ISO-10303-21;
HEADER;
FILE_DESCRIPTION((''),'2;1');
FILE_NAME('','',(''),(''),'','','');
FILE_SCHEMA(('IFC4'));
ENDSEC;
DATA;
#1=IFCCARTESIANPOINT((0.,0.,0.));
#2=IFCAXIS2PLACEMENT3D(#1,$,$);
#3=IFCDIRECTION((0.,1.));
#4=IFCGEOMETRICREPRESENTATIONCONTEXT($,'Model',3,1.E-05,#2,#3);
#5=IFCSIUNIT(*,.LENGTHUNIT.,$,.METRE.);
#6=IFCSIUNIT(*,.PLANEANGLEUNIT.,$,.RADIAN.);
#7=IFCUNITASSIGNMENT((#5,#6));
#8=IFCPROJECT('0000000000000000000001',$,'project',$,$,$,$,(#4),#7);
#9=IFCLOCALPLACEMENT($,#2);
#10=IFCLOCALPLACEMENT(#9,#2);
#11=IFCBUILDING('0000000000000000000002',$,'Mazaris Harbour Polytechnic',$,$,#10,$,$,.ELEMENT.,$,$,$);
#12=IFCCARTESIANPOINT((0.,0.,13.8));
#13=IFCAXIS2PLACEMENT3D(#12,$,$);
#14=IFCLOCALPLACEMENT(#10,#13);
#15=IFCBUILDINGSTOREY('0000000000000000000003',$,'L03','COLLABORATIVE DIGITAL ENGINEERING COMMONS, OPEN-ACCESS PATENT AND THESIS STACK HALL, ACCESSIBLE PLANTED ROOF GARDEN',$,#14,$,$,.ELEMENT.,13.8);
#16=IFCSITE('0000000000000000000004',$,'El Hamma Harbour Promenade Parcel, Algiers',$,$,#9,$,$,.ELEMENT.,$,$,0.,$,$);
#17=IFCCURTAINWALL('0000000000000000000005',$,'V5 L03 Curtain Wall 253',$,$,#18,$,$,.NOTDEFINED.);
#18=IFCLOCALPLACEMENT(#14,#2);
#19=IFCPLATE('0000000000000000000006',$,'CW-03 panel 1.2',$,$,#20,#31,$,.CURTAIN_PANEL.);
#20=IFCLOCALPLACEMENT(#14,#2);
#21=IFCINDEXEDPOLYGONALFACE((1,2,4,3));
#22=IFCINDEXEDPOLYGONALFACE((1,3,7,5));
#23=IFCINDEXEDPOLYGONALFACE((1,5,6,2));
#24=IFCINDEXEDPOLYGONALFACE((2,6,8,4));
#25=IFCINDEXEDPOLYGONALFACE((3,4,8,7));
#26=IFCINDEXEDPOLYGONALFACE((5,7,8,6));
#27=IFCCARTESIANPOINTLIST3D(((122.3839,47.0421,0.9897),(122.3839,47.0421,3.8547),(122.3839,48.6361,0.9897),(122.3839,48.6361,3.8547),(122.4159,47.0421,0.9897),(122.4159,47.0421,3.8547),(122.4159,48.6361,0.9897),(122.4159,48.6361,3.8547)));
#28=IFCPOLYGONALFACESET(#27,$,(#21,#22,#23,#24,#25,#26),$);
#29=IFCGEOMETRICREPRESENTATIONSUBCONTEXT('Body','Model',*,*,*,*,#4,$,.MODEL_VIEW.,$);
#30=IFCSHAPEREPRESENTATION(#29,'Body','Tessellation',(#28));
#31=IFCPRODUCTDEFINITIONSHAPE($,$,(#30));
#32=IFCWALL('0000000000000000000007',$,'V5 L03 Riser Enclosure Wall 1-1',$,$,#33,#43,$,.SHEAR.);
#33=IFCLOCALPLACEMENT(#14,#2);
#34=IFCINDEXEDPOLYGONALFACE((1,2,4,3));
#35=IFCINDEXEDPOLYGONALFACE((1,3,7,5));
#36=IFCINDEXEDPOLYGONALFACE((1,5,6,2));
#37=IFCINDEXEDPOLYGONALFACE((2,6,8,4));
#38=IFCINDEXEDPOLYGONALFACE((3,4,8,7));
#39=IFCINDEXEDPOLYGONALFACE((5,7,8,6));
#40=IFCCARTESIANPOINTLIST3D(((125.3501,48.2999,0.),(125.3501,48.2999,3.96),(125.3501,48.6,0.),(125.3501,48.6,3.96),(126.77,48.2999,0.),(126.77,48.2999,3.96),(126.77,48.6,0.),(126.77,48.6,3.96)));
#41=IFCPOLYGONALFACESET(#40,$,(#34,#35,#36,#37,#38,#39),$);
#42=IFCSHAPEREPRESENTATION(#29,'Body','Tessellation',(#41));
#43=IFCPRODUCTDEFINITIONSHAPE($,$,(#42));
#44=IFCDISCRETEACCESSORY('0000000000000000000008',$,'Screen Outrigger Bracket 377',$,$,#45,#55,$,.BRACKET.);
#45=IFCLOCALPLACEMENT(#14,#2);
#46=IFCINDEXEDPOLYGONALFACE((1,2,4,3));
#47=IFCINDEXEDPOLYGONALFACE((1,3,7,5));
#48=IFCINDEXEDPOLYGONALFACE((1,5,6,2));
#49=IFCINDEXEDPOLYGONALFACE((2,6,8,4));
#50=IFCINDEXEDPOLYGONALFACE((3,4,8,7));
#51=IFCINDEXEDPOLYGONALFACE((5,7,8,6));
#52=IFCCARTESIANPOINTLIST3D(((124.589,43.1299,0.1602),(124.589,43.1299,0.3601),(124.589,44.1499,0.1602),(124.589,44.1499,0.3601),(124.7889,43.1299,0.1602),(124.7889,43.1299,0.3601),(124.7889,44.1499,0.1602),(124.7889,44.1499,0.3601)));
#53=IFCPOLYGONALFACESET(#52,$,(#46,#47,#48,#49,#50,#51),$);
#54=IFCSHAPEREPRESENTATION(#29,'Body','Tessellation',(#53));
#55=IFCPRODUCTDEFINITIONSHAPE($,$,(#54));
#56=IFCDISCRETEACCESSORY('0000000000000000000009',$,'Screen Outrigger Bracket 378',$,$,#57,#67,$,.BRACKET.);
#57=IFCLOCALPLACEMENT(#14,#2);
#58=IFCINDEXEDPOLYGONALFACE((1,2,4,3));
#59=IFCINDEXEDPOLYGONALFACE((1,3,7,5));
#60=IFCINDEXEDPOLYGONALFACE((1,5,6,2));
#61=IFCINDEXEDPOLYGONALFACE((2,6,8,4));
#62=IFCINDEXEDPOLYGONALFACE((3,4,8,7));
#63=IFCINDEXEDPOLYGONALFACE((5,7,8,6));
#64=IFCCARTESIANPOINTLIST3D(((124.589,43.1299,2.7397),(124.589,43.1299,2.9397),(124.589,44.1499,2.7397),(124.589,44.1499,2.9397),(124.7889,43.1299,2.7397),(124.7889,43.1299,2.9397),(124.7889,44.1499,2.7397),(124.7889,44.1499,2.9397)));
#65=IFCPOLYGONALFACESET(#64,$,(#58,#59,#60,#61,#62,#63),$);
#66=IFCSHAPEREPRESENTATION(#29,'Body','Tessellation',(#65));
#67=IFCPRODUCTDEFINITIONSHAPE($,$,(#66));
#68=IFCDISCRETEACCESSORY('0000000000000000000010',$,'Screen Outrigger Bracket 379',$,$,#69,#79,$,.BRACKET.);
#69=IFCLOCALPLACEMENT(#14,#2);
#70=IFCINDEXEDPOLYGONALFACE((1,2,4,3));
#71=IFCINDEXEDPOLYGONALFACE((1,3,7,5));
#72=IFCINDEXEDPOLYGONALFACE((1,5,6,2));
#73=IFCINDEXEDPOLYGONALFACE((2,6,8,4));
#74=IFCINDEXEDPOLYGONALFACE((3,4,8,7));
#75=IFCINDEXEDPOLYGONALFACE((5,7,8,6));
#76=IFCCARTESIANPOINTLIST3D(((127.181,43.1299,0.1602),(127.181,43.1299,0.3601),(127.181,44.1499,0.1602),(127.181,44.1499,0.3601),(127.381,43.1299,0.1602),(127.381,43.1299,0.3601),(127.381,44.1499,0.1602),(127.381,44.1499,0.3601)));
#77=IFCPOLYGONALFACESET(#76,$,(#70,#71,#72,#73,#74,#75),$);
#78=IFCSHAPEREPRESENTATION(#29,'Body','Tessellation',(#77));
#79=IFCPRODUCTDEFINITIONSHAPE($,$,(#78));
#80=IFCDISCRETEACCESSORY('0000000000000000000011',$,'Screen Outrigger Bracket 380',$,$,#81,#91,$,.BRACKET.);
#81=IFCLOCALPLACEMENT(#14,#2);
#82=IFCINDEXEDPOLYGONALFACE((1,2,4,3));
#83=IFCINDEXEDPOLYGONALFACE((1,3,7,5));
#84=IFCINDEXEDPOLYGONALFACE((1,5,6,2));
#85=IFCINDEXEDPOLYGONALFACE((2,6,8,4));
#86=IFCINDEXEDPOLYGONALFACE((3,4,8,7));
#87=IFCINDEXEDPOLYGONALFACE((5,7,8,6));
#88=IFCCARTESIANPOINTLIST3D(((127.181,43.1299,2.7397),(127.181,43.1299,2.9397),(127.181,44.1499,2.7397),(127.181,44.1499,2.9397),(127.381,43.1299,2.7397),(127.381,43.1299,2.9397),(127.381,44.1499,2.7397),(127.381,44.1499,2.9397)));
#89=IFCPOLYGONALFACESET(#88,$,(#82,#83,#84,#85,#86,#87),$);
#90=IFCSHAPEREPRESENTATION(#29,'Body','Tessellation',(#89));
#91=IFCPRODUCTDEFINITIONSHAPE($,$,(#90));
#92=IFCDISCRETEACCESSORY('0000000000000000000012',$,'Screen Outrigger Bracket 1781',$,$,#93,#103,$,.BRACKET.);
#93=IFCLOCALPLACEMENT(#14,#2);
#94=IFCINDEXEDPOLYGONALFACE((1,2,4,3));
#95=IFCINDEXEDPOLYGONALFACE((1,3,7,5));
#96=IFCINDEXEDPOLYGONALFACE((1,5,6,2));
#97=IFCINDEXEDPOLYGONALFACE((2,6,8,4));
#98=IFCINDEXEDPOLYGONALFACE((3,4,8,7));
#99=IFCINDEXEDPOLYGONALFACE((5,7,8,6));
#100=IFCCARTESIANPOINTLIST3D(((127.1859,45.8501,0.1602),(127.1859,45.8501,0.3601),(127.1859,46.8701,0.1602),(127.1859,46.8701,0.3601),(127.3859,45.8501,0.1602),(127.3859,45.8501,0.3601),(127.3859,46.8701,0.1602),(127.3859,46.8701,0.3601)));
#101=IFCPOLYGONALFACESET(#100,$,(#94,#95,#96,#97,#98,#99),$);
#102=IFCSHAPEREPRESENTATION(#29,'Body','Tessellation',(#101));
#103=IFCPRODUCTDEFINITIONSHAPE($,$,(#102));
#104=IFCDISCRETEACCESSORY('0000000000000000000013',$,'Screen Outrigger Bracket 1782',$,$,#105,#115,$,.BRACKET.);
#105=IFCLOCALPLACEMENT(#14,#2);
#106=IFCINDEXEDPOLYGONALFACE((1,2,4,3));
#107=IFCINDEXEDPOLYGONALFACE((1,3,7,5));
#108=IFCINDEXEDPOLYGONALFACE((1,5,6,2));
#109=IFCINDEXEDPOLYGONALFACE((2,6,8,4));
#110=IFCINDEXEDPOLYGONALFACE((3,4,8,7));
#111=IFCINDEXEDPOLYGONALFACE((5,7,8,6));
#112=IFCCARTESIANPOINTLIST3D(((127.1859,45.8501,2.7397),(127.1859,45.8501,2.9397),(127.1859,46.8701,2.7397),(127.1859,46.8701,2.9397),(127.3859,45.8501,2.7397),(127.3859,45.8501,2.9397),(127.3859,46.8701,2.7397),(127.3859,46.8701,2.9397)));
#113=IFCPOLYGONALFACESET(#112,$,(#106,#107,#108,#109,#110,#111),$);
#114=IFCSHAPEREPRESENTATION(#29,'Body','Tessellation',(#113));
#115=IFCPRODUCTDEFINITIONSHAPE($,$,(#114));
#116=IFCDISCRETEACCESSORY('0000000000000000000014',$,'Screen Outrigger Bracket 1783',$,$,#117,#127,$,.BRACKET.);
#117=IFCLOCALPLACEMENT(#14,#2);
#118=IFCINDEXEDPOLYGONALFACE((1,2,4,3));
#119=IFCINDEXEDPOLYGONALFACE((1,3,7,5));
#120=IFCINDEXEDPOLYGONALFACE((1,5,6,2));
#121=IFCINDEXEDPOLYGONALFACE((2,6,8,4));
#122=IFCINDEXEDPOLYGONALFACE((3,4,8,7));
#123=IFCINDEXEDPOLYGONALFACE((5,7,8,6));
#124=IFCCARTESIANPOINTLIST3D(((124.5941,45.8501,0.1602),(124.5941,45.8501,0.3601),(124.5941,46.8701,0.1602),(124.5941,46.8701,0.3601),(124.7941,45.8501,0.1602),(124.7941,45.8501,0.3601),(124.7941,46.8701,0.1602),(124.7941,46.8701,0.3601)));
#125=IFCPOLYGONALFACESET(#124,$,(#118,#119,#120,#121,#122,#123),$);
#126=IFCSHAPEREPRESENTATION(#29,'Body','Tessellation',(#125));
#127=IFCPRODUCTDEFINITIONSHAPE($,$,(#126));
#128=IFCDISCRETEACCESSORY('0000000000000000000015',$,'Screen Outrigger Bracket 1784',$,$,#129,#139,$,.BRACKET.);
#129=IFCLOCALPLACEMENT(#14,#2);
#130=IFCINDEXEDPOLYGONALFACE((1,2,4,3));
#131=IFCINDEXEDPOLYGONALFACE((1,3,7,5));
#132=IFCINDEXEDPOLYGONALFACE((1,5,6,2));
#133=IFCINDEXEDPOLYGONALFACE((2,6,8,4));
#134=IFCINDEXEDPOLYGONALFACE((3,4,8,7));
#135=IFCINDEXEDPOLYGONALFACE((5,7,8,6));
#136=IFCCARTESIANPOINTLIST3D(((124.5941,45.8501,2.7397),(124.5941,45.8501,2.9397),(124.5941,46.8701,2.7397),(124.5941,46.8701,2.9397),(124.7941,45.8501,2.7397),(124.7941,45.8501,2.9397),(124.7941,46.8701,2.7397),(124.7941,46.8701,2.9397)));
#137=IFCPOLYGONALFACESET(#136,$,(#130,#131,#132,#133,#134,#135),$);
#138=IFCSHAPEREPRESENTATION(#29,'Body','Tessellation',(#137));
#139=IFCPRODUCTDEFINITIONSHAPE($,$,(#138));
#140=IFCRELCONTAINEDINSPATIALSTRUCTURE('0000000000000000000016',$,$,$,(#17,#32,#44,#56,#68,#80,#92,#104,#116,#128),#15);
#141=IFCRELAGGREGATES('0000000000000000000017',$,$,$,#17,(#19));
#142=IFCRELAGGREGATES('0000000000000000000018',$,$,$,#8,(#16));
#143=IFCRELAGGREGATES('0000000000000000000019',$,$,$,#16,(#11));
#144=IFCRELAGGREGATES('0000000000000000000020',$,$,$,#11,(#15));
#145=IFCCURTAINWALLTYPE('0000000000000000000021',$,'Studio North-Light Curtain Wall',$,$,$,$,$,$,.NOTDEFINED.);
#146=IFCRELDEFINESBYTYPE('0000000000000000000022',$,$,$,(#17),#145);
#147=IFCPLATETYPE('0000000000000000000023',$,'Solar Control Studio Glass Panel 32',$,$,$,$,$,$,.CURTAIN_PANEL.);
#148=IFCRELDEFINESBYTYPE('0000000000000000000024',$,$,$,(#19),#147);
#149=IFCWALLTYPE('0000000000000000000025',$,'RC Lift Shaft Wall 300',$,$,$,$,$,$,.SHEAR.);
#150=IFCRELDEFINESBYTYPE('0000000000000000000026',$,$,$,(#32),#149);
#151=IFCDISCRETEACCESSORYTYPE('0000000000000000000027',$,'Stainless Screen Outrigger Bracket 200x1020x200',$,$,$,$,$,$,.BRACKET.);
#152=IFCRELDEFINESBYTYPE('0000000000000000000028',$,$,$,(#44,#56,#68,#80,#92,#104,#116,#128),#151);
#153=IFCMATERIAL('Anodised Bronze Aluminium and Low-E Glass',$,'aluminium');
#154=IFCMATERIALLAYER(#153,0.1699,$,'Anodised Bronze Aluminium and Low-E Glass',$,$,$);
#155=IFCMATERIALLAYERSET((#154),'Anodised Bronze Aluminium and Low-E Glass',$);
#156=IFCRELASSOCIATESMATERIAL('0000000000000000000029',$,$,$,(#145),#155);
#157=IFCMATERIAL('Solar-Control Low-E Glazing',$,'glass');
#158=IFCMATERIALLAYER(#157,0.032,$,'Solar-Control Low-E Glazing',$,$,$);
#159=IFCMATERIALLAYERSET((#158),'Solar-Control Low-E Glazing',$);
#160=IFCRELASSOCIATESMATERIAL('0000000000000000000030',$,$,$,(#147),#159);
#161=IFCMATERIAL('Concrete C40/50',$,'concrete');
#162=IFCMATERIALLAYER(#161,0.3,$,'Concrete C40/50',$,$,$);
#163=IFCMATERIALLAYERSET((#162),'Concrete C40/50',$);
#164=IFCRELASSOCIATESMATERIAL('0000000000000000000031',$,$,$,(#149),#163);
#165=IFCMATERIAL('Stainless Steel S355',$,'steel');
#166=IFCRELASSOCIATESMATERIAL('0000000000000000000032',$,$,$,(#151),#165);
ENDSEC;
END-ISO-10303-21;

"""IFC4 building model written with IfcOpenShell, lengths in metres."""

from ifc_helpers import new_model, si_unit, direction, frame, frame_2d, origin, origin_2d, place, context, subcontext, project, spatial, rectangle, extrude, material, layer, layer_set, type_object, element, aggregate, save


model = new_model("IFC4")

# Units and contexts
model_context = context("Model", 3, precision=1e-05, world=origin(), true_north=direction((0.0, 1.0)))
body_context = subcontext(model_context, "Body", "Model", "MODEL_VIEW")
ifc_project = project(units=[si_unit("LENGTHUNIT", "METRE"), si_unit("PLANEANGLEUNIT", "RADIAN")], contexts=[model_context])

# Site, building, storey
site_placement = place(None, origin())
site = spatial("IfcSite", under=ifc_project, at=site_placement, Name="El Hamma Harbour Promenade Parcel, Algiers", CompositionType="ELEMENT", RefElevation=0.0)
building_placement = place(site_placement, origin())
building = spatial("IfcBuilding", under=site, at=building_placement, Name="Mazaris Harbour Polytechnic", CompositionType="ELEMENT")
storey_placement = place(building_placement, frame((0.0, 0.0, 13.8)))
storey = spatial("IfcBuildingStorey", under=building, at=storey_placement, Name="L03", Description="COLLABORATIVE DIGITAL ENGINEERING COMMONS, OPEN-ACCESS PATENT AND THESIS STACK HALL, ACCESSIBLE PLANTED ROOF GARDEN", CompositionType="ELEMENT", Elevation=13.8)

# Curtain wall
ifc_material_1 = material(Name="Anodised Bronze Aluminium and Low-E Glass", Category="aluminium")
ifc_layer_1 = layer(ifc_material_1, 0.1699, Name="Anodised Bronze Aluminium and Low-E Glass")
ifc_layer_set_1 = layer_set([ifc_layer_1], Name="Anodised Bronze Aluminium and Low-E Glass")
curtain_wall_type_1 = type_object("IfcCurtainWallType", Name="Studio North-Light Curtain Wall", PredefinedType="NOTDEFINED", material=ifc_layer_set_1)
curtain_wall_1_placement = place(storey_placement, origin())
curtain_wall_1 = element("IfcCurtainWall", 1, at=curtain_wall_1_placement, inside=storey, type_object=curtain_wall_type_1, Name="V5 L03 Curtain Wall 253", PredefinedType="NOTDEFINED")

# Plate
ifc_material_2 = material(Name="Solar-Control Low-E Glazing", Category="glass")
ifc_layer_2 = layer(ifc_material_2, 0.032, Name="Solar-Control Low-E Glazing")
ifc_layer_set_2 = layer_set([ifc_layer_2], Name="Solar-Control Low-E Glazing")
plate_type_1 = type_object("IfcPlateType", Name="Solar Control Studio Glass Panel 32", PredefinedType="CURTAIN_PANEL", material=ifc_layer_set_2)
plate_1_placement = place(storey_placement, frame((122.3999, 47.8391, 0.9897), z_axis=(0.0, 0.0, 1.0), x_axis=(0.0, 1.0, 0.0)))
plate_1 = element("IfcPlate", 2, at=plate_1_placement, type_object=plate_type_1, Name="CW-03 panel 1.2", PredefinedType="CURTAIN_PANEL", context=body_context, shape_type="SweptSolid", body=[
    extrude(rectangle(XDim=1.594, YDim=0.032, at=origin_2d()), origin(), (0.0, 0.0, 1.0), 2.865),
])
aggregate(curtain_wall_1, [plate_1])

# Wall
ifc_material_3 = material(Name="Concrete C40/50", Category="concrete")
ifc_layer_3 = layer(ifc_material_3, 0.3, Name="Concrete C40/50")
ifc_layer_set_3 = layer_set([ifc_layer_3], Name="Concrete C40/50")
wall_type = type_object("IfcWallType", Name="RC Lift Shaft Wall 300", PredefinedType="SHEAR", material=ifc_layer_set_3)
wall_placement = place(storey_placement, frame((125.3501, 48.45, 0.0), z_axis=(0.0, 0.0, 1.0), x_axis=(1.0, 0.0, 0.0)))
element("IfcWall", 3, at=wall_placement, inside=storey, type_object=wall_type, Name="V5 L03 Riser Enclosure Wall 1-1", PredefinedType="SHEAR", context=body_context, shape_type="SweptSolid", body=[
    extrude(rectangle(XDim=1.4199, YDim=0.3, at=frame_2d((0.71, 0.0))), origin(), (0.0, 0.0, 1.0), 3.96),
])

# Discrete accessories
ifc_material_4 = material(Name="Stainless Steel S355", Category="steel")
discrete_accessory_type = type_object("IfcDiscreteAccessoryType", Name="Stainless Screen Outrigger Bracket 200x1020x200", PredefinedType="BRACKET", material=ifc_material_4)
for number, where, z_axis, x_axis, name in (
    (4, (124.689, 43.6399, 0.1602), (0.0, 0.0, 1.0), (1.0, 0.0, 0.0), "Screen Outrigger Bracket 377"),
    (5, (124.689, 43.6399, 2.7397), (0.0, 0.0, 1.0), (1.0, 0.0, 0.0), "Screen Outrigger Bracket 378"),
    (6, (127.281, 43.6399, 0.1602), (0.0, 0.0, 1.0), (1.0, 0.0, 0.0), "Screen Outrigger Bracket 379"),
    (7, (127.281, 43.6399, 2.7397), (0.0, 0.0, 1.0), (1.0, 0.0, 0.0), "Screen Outrigger Bracket 380"),
    (8, (127.2859, 46.3601, 0.1602), (0.0, 0.0, 1.0), (-1.0, 0.0, 0.0), "Screen Outrigger Bracket 1781"),
    (9, (127.2859, 46.3601, 2.7397), (0.0, 0.0, 1.0), (-1.0, 0.0, 0.0), "Screen Outrigger Bracket 1782"),
    (10, (124.6941, 46.3601, 0.1602), (0.0, 0.0, 1.0), (-1.0, 0.0, 0.0), "Screen Outrigger Bracket 1783"),
    (11, (124.6941, 46.3601, 2.7397), (0.0, 0.0, 1.0), (-1.0, 0.0, 0.0), "Screen Outrigger Bracket 1784"),
):
    element("IfcDiscreteAccessory", number, at=place(storey_placement, frame(where, z_axis=z_axis, x_axis=x_axis)), inside=storey, type_object=discrete_accessory_type, Name=name, PredefinedType="BRACKET", context=body_context, shape_type="SweptSolid", body=[
        extrude(rectangle(XDim=0.2, YDim=1.02, at=origin_2d()), origin(), (0.0, 0.0, 1.0), 0.2),
    ])

save(model, "model.ifc")
